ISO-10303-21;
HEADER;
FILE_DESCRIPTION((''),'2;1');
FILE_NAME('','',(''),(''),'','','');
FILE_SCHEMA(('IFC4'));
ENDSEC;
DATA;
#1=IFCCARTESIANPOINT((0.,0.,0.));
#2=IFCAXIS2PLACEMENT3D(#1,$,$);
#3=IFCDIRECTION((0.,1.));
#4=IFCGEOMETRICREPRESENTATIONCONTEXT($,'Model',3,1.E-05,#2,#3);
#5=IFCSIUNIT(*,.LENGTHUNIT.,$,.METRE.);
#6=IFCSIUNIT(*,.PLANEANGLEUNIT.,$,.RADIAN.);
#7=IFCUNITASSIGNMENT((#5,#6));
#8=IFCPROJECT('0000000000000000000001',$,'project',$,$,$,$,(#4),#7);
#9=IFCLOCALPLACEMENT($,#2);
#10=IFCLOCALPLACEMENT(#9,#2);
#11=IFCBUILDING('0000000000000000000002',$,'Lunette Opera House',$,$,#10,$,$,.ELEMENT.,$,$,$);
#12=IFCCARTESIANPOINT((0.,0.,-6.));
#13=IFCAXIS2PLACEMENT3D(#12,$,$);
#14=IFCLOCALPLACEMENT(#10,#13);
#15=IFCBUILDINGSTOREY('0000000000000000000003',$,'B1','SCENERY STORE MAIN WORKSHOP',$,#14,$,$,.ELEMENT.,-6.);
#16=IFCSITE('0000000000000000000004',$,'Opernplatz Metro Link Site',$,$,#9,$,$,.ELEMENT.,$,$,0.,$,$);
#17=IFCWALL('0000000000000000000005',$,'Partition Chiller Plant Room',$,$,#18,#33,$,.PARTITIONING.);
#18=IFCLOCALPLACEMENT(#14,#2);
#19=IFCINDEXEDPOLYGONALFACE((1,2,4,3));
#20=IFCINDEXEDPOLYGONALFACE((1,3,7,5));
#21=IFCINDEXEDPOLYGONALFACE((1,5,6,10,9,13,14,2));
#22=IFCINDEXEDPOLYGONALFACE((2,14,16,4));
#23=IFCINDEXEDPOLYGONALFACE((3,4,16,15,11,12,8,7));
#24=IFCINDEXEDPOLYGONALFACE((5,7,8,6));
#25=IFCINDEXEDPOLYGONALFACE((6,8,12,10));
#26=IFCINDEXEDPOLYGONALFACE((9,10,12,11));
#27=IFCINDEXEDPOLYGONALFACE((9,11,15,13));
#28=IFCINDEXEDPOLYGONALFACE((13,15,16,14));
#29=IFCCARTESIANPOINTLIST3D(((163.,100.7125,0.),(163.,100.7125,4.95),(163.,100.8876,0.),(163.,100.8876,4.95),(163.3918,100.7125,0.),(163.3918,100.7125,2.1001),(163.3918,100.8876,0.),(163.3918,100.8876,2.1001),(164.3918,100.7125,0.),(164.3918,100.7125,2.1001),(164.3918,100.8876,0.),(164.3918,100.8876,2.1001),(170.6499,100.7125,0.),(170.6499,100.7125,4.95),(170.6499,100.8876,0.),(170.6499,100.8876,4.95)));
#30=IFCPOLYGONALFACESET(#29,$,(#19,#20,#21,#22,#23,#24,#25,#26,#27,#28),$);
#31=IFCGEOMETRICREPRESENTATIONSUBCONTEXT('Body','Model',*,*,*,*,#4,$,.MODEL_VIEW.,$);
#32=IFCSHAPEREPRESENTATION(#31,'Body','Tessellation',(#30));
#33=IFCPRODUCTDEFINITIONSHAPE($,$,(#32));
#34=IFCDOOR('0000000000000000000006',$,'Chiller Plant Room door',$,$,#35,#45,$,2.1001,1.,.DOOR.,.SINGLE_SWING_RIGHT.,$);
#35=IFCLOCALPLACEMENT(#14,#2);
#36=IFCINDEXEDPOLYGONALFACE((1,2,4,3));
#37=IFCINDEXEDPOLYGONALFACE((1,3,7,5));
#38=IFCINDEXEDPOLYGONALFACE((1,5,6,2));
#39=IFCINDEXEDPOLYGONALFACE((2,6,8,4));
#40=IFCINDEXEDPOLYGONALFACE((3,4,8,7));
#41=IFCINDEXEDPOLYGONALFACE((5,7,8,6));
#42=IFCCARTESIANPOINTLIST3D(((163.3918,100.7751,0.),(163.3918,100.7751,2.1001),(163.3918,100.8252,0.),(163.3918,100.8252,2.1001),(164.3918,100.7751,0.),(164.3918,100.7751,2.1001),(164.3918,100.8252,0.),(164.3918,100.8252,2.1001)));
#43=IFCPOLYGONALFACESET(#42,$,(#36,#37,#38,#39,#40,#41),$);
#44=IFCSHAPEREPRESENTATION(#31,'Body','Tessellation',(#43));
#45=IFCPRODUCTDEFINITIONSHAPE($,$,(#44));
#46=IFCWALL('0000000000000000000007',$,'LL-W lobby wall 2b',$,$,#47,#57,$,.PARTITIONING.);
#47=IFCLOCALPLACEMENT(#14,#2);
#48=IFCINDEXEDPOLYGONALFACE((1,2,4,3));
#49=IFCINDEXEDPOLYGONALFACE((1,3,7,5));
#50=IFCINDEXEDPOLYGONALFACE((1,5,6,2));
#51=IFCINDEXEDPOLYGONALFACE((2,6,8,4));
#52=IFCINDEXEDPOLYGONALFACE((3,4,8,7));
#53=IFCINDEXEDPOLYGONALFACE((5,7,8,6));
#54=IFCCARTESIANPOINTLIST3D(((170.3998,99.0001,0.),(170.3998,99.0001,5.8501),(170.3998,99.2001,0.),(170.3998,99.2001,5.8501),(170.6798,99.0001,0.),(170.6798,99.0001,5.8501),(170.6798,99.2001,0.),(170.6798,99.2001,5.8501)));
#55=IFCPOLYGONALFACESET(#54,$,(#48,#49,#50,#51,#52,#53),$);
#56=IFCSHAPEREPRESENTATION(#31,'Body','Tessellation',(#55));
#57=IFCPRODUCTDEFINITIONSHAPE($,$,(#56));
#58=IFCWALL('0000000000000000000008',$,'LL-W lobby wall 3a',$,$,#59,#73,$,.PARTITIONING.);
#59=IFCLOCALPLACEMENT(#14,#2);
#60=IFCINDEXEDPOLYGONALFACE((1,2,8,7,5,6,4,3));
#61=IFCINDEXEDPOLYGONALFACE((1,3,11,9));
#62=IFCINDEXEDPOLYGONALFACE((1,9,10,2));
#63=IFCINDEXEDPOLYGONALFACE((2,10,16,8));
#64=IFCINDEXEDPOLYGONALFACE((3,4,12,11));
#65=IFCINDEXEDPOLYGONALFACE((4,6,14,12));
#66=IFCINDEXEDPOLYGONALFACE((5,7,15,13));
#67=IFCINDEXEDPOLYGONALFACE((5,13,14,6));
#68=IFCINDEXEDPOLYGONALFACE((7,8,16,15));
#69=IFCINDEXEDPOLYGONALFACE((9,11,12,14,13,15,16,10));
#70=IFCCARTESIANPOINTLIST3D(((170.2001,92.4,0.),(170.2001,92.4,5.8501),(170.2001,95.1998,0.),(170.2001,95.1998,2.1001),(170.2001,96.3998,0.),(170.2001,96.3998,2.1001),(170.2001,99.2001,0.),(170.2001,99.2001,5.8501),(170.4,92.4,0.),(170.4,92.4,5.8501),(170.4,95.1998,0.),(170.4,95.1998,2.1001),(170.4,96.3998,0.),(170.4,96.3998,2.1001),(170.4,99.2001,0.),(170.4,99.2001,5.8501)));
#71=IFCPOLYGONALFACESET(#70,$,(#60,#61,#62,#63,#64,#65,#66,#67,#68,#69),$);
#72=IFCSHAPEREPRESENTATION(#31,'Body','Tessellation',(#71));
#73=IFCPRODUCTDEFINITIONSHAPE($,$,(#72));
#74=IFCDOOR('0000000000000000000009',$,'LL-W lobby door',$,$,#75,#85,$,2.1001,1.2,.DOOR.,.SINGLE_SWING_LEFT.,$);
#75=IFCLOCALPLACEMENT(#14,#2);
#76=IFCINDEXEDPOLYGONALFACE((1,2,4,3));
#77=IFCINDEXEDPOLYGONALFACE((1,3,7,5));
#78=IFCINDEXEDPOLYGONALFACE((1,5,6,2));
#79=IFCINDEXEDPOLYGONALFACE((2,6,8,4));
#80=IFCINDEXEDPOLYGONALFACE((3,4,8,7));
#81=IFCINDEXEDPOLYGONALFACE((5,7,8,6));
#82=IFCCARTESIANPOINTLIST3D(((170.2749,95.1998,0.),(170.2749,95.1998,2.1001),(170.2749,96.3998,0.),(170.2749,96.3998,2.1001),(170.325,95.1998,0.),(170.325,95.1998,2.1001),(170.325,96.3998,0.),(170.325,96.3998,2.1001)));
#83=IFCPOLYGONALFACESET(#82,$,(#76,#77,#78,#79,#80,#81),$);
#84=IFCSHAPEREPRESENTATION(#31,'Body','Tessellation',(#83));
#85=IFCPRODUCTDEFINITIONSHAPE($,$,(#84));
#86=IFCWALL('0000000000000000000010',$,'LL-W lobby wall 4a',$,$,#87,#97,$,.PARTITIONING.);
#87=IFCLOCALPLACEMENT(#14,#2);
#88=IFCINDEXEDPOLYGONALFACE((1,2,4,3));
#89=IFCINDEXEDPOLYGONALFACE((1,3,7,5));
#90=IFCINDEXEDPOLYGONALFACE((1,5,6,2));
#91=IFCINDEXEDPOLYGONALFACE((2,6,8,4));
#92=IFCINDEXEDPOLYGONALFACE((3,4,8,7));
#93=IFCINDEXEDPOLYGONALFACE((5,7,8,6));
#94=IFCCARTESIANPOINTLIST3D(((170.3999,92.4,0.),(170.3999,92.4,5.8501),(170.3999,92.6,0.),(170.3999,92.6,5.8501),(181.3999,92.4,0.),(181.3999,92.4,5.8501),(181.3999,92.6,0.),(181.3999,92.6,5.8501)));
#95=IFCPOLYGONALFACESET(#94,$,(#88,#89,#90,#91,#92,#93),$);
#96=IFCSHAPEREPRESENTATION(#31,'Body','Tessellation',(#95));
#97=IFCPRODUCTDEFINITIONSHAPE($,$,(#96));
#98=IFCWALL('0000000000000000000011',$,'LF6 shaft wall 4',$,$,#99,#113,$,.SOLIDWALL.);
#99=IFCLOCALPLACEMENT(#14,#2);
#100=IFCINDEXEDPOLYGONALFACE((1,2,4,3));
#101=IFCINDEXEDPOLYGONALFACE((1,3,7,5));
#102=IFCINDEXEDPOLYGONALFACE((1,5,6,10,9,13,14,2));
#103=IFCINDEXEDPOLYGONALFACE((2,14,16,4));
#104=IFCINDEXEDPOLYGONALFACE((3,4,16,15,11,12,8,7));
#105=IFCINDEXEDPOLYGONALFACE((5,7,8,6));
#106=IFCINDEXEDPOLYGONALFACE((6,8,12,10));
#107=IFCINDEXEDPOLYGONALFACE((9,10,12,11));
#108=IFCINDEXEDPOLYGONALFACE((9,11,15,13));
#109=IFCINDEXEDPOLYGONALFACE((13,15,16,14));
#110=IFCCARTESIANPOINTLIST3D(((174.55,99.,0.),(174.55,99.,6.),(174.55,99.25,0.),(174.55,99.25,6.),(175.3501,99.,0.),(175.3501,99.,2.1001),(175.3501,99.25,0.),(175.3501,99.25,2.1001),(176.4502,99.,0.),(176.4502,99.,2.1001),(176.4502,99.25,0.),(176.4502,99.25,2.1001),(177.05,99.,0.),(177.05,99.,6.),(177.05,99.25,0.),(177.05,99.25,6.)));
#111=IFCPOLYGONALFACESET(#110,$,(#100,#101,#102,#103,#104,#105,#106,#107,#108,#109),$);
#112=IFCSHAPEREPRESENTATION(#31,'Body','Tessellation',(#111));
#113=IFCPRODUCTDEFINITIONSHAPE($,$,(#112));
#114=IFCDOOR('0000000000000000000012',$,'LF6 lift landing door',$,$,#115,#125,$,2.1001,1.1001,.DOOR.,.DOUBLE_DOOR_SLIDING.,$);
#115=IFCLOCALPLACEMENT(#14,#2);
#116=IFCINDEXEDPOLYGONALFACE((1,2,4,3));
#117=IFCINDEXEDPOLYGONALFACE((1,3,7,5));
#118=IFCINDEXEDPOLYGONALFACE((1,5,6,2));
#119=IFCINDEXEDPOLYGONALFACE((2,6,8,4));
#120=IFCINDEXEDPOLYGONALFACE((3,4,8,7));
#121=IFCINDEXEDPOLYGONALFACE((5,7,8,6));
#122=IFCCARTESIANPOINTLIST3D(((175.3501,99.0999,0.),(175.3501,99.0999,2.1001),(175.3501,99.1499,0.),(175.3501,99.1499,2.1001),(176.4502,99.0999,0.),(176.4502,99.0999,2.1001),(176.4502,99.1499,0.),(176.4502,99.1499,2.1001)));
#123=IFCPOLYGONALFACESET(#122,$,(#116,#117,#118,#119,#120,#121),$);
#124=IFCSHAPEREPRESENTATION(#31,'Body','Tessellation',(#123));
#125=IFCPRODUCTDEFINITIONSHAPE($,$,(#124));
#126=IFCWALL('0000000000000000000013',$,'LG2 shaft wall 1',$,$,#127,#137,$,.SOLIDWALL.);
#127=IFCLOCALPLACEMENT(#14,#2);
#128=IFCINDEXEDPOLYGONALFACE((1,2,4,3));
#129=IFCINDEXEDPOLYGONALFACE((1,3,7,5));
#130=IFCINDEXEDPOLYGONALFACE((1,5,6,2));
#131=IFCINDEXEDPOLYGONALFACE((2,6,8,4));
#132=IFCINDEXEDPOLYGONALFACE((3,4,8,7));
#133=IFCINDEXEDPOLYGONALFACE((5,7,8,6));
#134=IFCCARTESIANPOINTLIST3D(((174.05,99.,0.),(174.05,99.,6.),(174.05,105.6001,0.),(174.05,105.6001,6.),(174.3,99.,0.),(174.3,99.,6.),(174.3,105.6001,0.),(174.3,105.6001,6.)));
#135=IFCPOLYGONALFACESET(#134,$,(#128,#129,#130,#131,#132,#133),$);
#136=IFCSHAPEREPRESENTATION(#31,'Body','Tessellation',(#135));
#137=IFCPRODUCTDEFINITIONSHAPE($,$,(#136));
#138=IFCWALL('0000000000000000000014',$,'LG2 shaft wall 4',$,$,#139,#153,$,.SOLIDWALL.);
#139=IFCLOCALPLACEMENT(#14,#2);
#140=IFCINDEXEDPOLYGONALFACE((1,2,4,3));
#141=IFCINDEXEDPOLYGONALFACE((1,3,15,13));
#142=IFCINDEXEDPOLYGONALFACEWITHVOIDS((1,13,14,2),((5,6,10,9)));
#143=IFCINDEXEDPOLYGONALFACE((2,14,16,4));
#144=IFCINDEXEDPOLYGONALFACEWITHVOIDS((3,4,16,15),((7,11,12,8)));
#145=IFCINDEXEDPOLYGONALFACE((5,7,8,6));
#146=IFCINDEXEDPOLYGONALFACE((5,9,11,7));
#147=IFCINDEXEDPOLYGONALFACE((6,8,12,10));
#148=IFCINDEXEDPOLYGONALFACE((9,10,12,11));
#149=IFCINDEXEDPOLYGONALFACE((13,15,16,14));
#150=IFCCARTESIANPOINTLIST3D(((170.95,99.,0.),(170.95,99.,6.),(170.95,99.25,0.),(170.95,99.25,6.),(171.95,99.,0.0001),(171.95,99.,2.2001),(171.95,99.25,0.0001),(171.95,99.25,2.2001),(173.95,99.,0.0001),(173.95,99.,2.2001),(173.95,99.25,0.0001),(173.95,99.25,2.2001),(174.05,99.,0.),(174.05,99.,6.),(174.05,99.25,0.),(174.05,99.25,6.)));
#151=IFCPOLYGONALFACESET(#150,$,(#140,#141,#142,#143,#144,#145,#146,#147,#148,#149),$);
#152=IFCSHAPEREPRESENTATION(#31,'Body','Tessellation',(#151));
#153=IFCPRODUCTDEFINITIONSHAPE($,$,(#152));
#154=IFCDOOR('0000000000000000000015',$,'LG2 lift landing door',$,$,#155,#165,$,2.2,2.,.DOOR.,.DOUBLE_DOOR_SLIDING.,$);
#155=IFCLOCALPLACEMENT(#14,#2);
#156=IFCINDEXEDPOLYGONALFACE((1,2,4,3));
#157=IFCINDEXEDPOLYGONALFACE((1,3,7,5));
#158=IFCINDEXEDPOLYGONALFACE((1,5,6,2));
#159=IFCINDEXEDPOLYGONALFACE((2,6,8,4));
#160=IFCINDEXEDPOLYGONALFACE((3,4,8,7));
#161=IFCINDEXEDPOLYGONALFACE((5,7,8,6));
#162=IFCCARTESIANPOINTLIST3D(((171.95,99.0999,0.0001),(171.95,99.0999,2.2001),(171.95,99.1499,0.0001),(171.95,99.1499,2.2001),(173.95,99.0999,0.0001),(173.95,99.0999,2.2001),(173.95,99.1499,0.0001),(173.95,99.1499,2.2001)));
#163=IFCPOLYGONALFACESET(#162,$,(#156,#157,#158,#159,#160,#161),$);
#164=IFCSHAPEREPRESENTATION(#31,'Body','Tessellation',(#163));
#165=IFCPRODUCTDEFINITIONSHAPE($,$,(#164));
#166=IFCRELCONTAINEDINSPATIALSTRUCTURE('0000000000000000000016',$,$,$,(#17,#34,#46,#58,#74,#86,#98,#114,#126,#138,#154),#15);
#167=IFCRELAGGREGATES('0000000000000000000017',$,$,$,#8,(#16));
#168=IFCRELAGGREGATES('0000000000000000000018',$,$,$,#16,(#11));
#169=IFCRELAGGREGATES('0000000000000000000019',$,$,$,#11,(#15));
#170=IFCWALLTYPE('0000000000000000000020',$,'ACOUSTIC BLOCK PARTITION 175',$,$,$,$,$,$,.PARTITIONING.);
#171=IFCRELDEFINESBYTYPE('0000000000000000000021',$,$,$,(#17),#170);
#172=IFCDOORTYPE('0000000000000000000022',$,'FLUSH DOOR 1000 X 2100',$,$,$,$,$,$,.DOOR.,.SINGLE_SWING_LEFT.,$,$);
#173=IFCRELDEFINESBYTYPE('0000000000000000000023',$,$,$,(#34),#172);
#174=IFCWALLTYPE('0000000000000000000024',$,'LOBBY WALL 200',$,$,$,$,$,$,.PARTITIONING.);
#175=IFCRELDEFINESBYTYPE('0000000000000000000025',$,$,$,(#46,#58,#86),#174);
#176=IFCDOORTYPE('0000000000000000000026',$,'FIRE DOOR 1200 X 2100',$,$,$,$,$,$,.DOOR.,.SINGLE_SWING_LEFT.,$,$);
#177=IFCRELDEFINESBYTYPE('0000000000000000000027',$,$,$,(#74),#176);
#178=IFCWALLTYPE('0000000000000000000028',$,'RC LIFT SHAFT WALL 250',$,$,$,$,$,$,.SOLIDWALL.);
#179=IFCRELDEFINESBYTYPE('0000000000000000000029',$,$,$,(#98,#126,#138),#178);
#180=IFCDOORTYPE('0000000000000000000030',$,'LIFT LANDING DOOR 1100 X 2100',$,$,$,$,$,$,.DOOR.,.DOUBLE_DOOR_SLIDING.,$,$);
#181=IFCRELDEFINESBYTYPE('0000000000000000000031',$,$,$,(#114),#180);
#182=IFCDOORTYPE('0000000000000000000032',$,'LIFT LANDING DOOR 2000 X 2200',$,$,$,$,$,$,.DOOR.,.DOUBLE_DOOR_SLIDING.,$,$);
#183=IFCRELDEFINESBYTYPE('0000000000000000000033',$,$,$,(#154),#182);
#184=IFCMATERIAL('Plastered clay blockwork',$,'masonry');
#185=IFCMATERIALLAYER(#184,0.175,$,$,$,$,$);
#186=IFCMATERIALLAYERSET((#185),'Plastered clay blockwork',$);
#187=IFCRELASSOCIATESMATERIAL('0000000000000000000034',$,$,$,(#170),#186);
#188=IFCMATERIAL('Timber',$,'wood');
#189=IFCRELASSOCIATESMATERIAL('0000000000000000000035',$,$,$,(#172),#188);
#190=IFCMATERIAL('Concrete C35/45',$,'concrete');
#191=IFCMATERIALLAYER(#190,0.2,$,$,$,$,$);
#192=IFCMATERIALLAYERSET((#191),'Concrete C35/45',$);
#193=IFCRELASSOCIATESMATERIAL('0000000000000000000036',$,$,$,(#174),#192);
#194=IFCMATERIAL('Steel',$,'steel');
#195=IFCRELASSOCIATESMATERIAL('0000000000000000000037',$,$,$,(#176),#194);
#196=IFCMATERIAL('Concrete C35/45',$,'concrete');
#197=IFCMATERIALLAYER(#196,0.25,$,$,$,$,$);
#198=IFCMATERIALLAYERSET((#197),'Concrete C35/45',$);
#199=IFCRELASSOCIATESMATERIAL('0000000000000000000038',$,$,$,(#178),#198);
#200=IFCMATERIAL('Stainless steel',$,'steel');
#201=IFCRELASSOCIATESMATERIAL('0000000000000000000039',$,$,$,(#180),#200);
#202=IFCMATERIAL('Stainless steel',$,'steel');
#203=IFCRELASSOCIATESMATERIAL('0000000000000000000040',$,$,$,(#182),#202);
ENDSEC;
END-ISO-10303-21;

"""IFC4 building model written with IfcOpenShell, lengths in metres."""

from ifc_helpers import new_model, si_unit, direction, frame, frame_2d, origin, place, context, subcontext, project, spatial, rectangle, extrude, material, layer, layer_set, type_object, element, fill, save


model = new_model("IFC4")

# Units and contexts
model_context = context("Model", 3, precision=1e-05, world=origin(), true_north=direction((0.0, 1.0)))
body_context = subcontext(model_context, "Body", "Model", "MODEL_VIEW")
ifc_project = project(units=[si_unit("LENGTHUNIT", "METRE"), si_unit("PLANEANGLEUNIT", "RADIAN")], contexts=[model_context])

# Site, building, storey
site_placement = place(None, origin())
site = spatial("IfcSite", under=ifc_project, at=site_placement, Name="Opernplatz Metro Link Site", CompositionType="ELEMENT", RefElevation=0.0)
building_placement = place(site_placement, origin())
building = spatial("IfcBuilding", under=site, at=building_placement, Name="Lunette Opera House", CompositionType="ELEMENT")
storey_placement = place(building_placement, frame((0.0, 0.0, -6.0)))
storey = spatial("IfcBuildingStorey", under=building, at=storey_placement, Name="B1", Description="SCENERY STORE MAIN WORKSHOP", CompositionType="ELEMENT", Elevation=-6.0)

# Wall, opening, door
ifc_material_1 = material(Name="Plastered clay blockwork", Category="masonry")
ifc_layer_1 = layer(ifc_material_1, 0.175)
ifc_layer_set_1 = layer_set([ifc_layer_1], Name="Plastered clay blockwork")
wall_type_1 = type_object("IfcWallType", Name="ACOUSTIC BLOCK PARTITION 175", PredefinedType="PARTITIONING", material=ifc_layer_set_1)
wall_1_placement = place(storey_placement, frame((170.6499, 100.8, 0.0), z_axis=(0.0, 0.0, 1.0), x_axis=(-1.0, 0.0, 0.0)))
wall_1 = element("IfcWall", 1, at=wall_1_placement, inside=storey, type_object=wall_type_1, Name="Partition Chiller Plant Room", PredefinedType="PARTITIONING", context=body_context, shape_type="SweptSolid", body=[
    extrude(rectangle(XDim=7.6499, YDim=0.175, at=frame_2d((3.825, 0.0))), origin(), (0.0, 0.0, 1.0), 4.95),
])
opening_1_placement = place(wall_1_placement, frame((6.2581, 0.0, 0.0)))
opening_1 = element("IfcOpeningElement", 2, at=opening_1_placement, cuts=wall_1, PredefinedType="OPENING", context=body_context, shape_type="SweptSolid", body=[
    extrude(rectangle(XDim=1.0, YDim=2.1001, at=frame_2d((0.5, 1.05))), frame((0.0, 0.0996, 0.0), z_axis=(0.0, -1.0, 0.0), x_axis=(1.0, 0.0, 0.0)), (0.0, 0.0, 1.0), 0.199),
])
ifc_material_2 = material(Name="Timber", Category="wood")
door_type_1 = type_object("IfcDoorType", Name="FLUSH DOOR 1000 X 2100", OperationType="SINGLE_SWING_LEFT", PredefinedType="DOOR", material=ifc_material_2)
door_1_placement = place(opening_1_placement, origin())
door_1 = element("IfcDoor", 3, at=door_1_placement, inside=storey, type_object=door_type_1, Name="Chiller Plant Room door", OperationType="SINGLE_SWING_RIGHT", OverallHeight=2.1001, OverallWidth=1.0, PredefinedType="DOOR", context=body_context, shape_type="SweptSolid", body=[
    extrude(rectangle(XDim=1.0, YDim=2.1001, at=frame_2d((0.5, 1.05))), frame((0.0, 0.0249, 0.0), z_axis=(0.0, -1.0, 0.0), x_axis=(1.0, 0.0, 0.0)), (0.0, 0.0, 1.0), 0.05),
])
fill(opening_1, door_1)

# Wall
ifc_material_3 = material(Name="Concrete C35/45", Category="concrete")
ifc_layer_2 = layer(ifc_material_3, 0.2)
ifc_layer_set_2 = layer_set([ifc_layer_2], Name="Concrete C35/45")
wall_type_2 = type_object("IfcWallType", Name="LOBBY WALL 200", PredefinedType="PARTITIONING", material=ifc_layer_set_2)
wall_2_placement = place(storey_placement, frame((170.6799, 99.1001, 0.0), z_axis=(0.0, 0.0, 1.0), x_axis=(-1.0, 0.0, 0.0)))
element("IfcWall", 4, at=wall_2_placement, inside=storey, type_object=wall_type_2, Name="LL-W lobby wall 2b", PredefinedType="PARTITIONING", context=body_context, shape_type="SweptSolid", body=[
    extrude(rectangle(XDim=0.28, YDim=0.2, at=frame_2d((0.1401, 0.0))), origin(), (0.0, 0.0, 1.0), 5.8501),
])

# Wall, opening, door
wall_3_placement = place(storey_placement, frame((170.3, 99.2, 0.0), z_axis=(0.0, 0.0, 1.0), x_axis=(0.0, -1.0, 0.0)))
wall_3 = element("IfcWall", 5, at=wall_3_placement, inside=storey, type_object=wall_type_2, Name="LL-W lobby wall 3a", PredefinedType="PARTITIONING", context=body_context, shape_type="SweptSolid", body=[
    extrude(rectangle(XDim=6.8, YDim=0.2, at=frame_2d((3.3999, 0.0))), origin(), (0.0, 0.0, 1.0), 5.8501),
])
opening_2_placement = place(wall_3_placement, frame((2.8, 0.0, 0.0)))
opening_2 = element("IfcOpeningElement", 6, at=opening_2_placement, cuts=wall_3, PredefinedType="OPENING", context=body_context, shape_type="SweptSolid", body=[
    extrude(rectangle(XDim=1.2, YDim=2.1001, at=frame_2d((0.6001, 1.05))), frame((0.0, 0.1121, 0.0), z_axis=(0.0, -1.0, 0.0), x_axis=(1.0, 0.0, 0.0)), (0.0, 0.0, 1.0), 0.2239),
])
ifc_material_4 = material(Name="Steel", Category="steel")
door_type_2 = type_object("IfcDoorType", Name="FIRE DOOR 1200 X 2100", OperationType="SINGLE_SWING_LEFT", PredefinedType="DOOR", material=ifc_material_4)
door_2_placement = place(opening_2_placement, origin())
door_2 = element("IfcDoor", 7, at=door_2_placement, inside=storey, type_object=door_type_2, Name="LL-W lobby door", OperationType="SINGLE_SWING_LEFT", OverallHeight=2.1001, OverallWidth=1.2, PredefinedType="DOOR", context=body_context, shape_type="SweptSolid", body=[
    extrude(rectangle(XDim=1.2, YDim=2.1001, at=frame_2d((0.6001, 1.05))), frame((0.0, 0.0249, 0.0), z_axis=(0.0, -1.0, 0.0), x_axis=(1.0, 0.0, 0.0)), (0.0, 0.0, 1.0), 0.05),
])
fill(opening_2, door_2)

# Wall
wall_4_placement = place(storey_placement, frame((170.3999, 92.5, 0.0), z_axis=(0.0, 0.0, 1.0), x_axis=(1.0, 0.0, 0.0)))
element("IfcWall", 8, at=wall_4_placement, inside=storey, type_object=wall_type_2, Name="LL-W lobby wall 4a", PredefinedType="PARTITIONING", context=body_context, shape_type="SweptSolid", body=[
    extrude(rectangle(XDim=11.0, YDim=0.2, at=frame_2d((5.5, 0.0))), origin(), (0.0, 0.0, 1.0), 5.8501),
])

# Wall, opening, door
ifc_material_5 = material(Name="Concrete C35/45", Category="concrete")
ifc_layer_3 = layer(ifc_material_5, 0.25)
ifc_layer_set_3 = layer_set([ifc_layer_3], Name="Concrete C35/45")
wall_type_3 = type_object("IfcWallType", Name="RC LIFT SHAFT WALL 250", PredefinedType="SOLIDWALL", material=ifc_layer_set_3)
wall_5_placement = place(storey_placement, frame((174.55, 99.125, 0.0), z_axis=(0.0, 0.0, 1.0), x_axis=(1.0, 0.0, 0.0)))
wall_5 = element("IfcWall", 9, at=wall_5_placement, inside=storey, type_object=wall_type_3, Name="LF6 shaft wall 4", PredefinedType="SOLIDWALL", context=body_context, shape_type="SweptSolid", body=[
    extrude(rectangle(XDim=2.5, YDim=0.25, at=frame_2d((1.25, 0.0))), origin(), (0.0, 0.0, 1.0), 6.0),
])
opening_3_placement = place(wall_5_placement, frame((0.8, 0.0, 0.0)))
opening_3 = element("IfcOpeningElement", 10, at=opening_3_placement, cuts=wall_5, PredefinedType="OPENING", context=body_context, shape_type="SweptSolid", body=[
    extrude(rectangle(XDim=1.1001, YDim=2.1001, at=frame_2d((0.55, 1.05))), frame((0.0, 0.137, 0.0), z_axis=(0.0, -1.0, 0.0), x_axis=(1.0, 0.0, 0.0)), (0.0, 0.0, 1.0), 0.2739),
])
ifc_material_6 = material(Name="Stainless steel", Category="steel")
door_type_3 = type_object("IfcDoorType", Name="LIFT LANDING DOOR 1100 X 2100", OperationType="DOUBLE_DOOR_SLIDING", PredefinedType="DOOR", material=ifc_material_6)
door_3_placement = place(opening_3_placement, origin())
door_3 = element("IfcDoor", 11, at=door_3_placement, inside=storey, type_object=door_type_3, Name="LF6 lift landing door", OperationType="DOUBLE_DOOR_SLIDING", OverallHeight=2.1001, OverallWidth=1.1001, PredefinedType="DOOR", context=body_context, shape_type="SweptSolid", body=[
    extrude(rectangle(XDim=1.1001, YDim=2.1001, at=frame_2d((0.55, 1.05))), frame((0.0, 0.0249, 0.0), z_axis=(0.0, -1.0, 0.0), x_axis=(1.0, 0.0, 0.0)), (0.0, 0.0, 1.0), 0.05),
])
fill(opening_3, door_3)

# Wall
wall_6_placement = place(storey_placement, frame((174.175, 99.0, 0.0), z_axis=(0.0, 0.0, 1.0), x_axis=(0.0, 1.0, 0.0)))
element("IfcWall", 12, at=wall_6_placement, inside=storey, type_object=wall_type_3, Name="LG2 shaft wall 1", PredefinedType="SOLIDWALL", context=body_context, shape_type="SweptSolid", body=[
    extrude(rectangle(XDim=6.6001, YDim=0.25, at=frame_2d((3.3, 0.0))), origin(), (0.0, 0.0, 1.0), 6.0),
])

# Wall, opening, door
wall_7_placement = place(storey_placement, frame((170.95, 99.125, 0.0), z_axis=(0.0, 0.0, 1.0), x_axis=(1.0, 0.0, 0.0)))
wall_7 = element("IfcWall", 13, at=wall_7_placement, inside=storey, type_object=wall_type_3, Name="LG2 shaft wall 4", PredefinedType="SOLIDWALL", context=body_context, shape_type="SweptSolid", body=[
    extrude(rectangle(XDim=3.1001, YDim=0.25, at=frame_2d((1.55, 0.0))), origin(), (0.0, 0.0, 1.0), 6.0),
])
opening_4_placement = place(wall_7_placement, frame((1.0, 0.0, 0.0)))
opening_4 = element("IfcOpeningElement", 14, at=opening_4_placement, cuts=wall_7, PredefinedType="OPENING", context=body_context, shape_type="SweptSolid", body=[
    extrude(rectangle(XDim=2.0, YDim=2.2, at=frame_2d((1.0, 1.1001))), frame((0.0, 0.137, 0.0), z_axis=(0.0, -1.0, 0.0), x_axis=(1.0, 0.0, 0.0)), (0.0, 0.0, 1.0), 0.2739),
])
ifc_material_7 = material(Name="Stainless steel", Category="steel")
door_type_4 = type_object("IfcDoorType", Name="LIFT LANDING DOOR 2000 X 2200", OperationType="DOUBLE_DOOR_SLIDING", PredefinedType="DOOR", material=ifc_material_7)
door_4_placement = place(opening_4_placement, origin())
door_4 = element("IfcDoor", 15, at=door_4_placement, inside=storey, type_object=door_type_4, Name="LG2 lift landing door", OperationType="DOUBLE_DOOR_SLIDING", OverallHeight=2.2, OverallWidth=2.0, PredefinedType="DOOR", context=body_context, shape_type="SweptSolid", body=[
    extrude(rectangle(XDim=2.0, YDim=2.2, at=frame_2d((1.0, 1.1001))), frame((0.0, 0.0249, 0.0), z_axis=(0.0, -1.0, 0.0), x_axis=(1.0, 0.0, 0.0)), (0.0, 0.0, 1.0), 0.05),
])
fill(opening_4, door_4)

save(model, "model.ifc")
